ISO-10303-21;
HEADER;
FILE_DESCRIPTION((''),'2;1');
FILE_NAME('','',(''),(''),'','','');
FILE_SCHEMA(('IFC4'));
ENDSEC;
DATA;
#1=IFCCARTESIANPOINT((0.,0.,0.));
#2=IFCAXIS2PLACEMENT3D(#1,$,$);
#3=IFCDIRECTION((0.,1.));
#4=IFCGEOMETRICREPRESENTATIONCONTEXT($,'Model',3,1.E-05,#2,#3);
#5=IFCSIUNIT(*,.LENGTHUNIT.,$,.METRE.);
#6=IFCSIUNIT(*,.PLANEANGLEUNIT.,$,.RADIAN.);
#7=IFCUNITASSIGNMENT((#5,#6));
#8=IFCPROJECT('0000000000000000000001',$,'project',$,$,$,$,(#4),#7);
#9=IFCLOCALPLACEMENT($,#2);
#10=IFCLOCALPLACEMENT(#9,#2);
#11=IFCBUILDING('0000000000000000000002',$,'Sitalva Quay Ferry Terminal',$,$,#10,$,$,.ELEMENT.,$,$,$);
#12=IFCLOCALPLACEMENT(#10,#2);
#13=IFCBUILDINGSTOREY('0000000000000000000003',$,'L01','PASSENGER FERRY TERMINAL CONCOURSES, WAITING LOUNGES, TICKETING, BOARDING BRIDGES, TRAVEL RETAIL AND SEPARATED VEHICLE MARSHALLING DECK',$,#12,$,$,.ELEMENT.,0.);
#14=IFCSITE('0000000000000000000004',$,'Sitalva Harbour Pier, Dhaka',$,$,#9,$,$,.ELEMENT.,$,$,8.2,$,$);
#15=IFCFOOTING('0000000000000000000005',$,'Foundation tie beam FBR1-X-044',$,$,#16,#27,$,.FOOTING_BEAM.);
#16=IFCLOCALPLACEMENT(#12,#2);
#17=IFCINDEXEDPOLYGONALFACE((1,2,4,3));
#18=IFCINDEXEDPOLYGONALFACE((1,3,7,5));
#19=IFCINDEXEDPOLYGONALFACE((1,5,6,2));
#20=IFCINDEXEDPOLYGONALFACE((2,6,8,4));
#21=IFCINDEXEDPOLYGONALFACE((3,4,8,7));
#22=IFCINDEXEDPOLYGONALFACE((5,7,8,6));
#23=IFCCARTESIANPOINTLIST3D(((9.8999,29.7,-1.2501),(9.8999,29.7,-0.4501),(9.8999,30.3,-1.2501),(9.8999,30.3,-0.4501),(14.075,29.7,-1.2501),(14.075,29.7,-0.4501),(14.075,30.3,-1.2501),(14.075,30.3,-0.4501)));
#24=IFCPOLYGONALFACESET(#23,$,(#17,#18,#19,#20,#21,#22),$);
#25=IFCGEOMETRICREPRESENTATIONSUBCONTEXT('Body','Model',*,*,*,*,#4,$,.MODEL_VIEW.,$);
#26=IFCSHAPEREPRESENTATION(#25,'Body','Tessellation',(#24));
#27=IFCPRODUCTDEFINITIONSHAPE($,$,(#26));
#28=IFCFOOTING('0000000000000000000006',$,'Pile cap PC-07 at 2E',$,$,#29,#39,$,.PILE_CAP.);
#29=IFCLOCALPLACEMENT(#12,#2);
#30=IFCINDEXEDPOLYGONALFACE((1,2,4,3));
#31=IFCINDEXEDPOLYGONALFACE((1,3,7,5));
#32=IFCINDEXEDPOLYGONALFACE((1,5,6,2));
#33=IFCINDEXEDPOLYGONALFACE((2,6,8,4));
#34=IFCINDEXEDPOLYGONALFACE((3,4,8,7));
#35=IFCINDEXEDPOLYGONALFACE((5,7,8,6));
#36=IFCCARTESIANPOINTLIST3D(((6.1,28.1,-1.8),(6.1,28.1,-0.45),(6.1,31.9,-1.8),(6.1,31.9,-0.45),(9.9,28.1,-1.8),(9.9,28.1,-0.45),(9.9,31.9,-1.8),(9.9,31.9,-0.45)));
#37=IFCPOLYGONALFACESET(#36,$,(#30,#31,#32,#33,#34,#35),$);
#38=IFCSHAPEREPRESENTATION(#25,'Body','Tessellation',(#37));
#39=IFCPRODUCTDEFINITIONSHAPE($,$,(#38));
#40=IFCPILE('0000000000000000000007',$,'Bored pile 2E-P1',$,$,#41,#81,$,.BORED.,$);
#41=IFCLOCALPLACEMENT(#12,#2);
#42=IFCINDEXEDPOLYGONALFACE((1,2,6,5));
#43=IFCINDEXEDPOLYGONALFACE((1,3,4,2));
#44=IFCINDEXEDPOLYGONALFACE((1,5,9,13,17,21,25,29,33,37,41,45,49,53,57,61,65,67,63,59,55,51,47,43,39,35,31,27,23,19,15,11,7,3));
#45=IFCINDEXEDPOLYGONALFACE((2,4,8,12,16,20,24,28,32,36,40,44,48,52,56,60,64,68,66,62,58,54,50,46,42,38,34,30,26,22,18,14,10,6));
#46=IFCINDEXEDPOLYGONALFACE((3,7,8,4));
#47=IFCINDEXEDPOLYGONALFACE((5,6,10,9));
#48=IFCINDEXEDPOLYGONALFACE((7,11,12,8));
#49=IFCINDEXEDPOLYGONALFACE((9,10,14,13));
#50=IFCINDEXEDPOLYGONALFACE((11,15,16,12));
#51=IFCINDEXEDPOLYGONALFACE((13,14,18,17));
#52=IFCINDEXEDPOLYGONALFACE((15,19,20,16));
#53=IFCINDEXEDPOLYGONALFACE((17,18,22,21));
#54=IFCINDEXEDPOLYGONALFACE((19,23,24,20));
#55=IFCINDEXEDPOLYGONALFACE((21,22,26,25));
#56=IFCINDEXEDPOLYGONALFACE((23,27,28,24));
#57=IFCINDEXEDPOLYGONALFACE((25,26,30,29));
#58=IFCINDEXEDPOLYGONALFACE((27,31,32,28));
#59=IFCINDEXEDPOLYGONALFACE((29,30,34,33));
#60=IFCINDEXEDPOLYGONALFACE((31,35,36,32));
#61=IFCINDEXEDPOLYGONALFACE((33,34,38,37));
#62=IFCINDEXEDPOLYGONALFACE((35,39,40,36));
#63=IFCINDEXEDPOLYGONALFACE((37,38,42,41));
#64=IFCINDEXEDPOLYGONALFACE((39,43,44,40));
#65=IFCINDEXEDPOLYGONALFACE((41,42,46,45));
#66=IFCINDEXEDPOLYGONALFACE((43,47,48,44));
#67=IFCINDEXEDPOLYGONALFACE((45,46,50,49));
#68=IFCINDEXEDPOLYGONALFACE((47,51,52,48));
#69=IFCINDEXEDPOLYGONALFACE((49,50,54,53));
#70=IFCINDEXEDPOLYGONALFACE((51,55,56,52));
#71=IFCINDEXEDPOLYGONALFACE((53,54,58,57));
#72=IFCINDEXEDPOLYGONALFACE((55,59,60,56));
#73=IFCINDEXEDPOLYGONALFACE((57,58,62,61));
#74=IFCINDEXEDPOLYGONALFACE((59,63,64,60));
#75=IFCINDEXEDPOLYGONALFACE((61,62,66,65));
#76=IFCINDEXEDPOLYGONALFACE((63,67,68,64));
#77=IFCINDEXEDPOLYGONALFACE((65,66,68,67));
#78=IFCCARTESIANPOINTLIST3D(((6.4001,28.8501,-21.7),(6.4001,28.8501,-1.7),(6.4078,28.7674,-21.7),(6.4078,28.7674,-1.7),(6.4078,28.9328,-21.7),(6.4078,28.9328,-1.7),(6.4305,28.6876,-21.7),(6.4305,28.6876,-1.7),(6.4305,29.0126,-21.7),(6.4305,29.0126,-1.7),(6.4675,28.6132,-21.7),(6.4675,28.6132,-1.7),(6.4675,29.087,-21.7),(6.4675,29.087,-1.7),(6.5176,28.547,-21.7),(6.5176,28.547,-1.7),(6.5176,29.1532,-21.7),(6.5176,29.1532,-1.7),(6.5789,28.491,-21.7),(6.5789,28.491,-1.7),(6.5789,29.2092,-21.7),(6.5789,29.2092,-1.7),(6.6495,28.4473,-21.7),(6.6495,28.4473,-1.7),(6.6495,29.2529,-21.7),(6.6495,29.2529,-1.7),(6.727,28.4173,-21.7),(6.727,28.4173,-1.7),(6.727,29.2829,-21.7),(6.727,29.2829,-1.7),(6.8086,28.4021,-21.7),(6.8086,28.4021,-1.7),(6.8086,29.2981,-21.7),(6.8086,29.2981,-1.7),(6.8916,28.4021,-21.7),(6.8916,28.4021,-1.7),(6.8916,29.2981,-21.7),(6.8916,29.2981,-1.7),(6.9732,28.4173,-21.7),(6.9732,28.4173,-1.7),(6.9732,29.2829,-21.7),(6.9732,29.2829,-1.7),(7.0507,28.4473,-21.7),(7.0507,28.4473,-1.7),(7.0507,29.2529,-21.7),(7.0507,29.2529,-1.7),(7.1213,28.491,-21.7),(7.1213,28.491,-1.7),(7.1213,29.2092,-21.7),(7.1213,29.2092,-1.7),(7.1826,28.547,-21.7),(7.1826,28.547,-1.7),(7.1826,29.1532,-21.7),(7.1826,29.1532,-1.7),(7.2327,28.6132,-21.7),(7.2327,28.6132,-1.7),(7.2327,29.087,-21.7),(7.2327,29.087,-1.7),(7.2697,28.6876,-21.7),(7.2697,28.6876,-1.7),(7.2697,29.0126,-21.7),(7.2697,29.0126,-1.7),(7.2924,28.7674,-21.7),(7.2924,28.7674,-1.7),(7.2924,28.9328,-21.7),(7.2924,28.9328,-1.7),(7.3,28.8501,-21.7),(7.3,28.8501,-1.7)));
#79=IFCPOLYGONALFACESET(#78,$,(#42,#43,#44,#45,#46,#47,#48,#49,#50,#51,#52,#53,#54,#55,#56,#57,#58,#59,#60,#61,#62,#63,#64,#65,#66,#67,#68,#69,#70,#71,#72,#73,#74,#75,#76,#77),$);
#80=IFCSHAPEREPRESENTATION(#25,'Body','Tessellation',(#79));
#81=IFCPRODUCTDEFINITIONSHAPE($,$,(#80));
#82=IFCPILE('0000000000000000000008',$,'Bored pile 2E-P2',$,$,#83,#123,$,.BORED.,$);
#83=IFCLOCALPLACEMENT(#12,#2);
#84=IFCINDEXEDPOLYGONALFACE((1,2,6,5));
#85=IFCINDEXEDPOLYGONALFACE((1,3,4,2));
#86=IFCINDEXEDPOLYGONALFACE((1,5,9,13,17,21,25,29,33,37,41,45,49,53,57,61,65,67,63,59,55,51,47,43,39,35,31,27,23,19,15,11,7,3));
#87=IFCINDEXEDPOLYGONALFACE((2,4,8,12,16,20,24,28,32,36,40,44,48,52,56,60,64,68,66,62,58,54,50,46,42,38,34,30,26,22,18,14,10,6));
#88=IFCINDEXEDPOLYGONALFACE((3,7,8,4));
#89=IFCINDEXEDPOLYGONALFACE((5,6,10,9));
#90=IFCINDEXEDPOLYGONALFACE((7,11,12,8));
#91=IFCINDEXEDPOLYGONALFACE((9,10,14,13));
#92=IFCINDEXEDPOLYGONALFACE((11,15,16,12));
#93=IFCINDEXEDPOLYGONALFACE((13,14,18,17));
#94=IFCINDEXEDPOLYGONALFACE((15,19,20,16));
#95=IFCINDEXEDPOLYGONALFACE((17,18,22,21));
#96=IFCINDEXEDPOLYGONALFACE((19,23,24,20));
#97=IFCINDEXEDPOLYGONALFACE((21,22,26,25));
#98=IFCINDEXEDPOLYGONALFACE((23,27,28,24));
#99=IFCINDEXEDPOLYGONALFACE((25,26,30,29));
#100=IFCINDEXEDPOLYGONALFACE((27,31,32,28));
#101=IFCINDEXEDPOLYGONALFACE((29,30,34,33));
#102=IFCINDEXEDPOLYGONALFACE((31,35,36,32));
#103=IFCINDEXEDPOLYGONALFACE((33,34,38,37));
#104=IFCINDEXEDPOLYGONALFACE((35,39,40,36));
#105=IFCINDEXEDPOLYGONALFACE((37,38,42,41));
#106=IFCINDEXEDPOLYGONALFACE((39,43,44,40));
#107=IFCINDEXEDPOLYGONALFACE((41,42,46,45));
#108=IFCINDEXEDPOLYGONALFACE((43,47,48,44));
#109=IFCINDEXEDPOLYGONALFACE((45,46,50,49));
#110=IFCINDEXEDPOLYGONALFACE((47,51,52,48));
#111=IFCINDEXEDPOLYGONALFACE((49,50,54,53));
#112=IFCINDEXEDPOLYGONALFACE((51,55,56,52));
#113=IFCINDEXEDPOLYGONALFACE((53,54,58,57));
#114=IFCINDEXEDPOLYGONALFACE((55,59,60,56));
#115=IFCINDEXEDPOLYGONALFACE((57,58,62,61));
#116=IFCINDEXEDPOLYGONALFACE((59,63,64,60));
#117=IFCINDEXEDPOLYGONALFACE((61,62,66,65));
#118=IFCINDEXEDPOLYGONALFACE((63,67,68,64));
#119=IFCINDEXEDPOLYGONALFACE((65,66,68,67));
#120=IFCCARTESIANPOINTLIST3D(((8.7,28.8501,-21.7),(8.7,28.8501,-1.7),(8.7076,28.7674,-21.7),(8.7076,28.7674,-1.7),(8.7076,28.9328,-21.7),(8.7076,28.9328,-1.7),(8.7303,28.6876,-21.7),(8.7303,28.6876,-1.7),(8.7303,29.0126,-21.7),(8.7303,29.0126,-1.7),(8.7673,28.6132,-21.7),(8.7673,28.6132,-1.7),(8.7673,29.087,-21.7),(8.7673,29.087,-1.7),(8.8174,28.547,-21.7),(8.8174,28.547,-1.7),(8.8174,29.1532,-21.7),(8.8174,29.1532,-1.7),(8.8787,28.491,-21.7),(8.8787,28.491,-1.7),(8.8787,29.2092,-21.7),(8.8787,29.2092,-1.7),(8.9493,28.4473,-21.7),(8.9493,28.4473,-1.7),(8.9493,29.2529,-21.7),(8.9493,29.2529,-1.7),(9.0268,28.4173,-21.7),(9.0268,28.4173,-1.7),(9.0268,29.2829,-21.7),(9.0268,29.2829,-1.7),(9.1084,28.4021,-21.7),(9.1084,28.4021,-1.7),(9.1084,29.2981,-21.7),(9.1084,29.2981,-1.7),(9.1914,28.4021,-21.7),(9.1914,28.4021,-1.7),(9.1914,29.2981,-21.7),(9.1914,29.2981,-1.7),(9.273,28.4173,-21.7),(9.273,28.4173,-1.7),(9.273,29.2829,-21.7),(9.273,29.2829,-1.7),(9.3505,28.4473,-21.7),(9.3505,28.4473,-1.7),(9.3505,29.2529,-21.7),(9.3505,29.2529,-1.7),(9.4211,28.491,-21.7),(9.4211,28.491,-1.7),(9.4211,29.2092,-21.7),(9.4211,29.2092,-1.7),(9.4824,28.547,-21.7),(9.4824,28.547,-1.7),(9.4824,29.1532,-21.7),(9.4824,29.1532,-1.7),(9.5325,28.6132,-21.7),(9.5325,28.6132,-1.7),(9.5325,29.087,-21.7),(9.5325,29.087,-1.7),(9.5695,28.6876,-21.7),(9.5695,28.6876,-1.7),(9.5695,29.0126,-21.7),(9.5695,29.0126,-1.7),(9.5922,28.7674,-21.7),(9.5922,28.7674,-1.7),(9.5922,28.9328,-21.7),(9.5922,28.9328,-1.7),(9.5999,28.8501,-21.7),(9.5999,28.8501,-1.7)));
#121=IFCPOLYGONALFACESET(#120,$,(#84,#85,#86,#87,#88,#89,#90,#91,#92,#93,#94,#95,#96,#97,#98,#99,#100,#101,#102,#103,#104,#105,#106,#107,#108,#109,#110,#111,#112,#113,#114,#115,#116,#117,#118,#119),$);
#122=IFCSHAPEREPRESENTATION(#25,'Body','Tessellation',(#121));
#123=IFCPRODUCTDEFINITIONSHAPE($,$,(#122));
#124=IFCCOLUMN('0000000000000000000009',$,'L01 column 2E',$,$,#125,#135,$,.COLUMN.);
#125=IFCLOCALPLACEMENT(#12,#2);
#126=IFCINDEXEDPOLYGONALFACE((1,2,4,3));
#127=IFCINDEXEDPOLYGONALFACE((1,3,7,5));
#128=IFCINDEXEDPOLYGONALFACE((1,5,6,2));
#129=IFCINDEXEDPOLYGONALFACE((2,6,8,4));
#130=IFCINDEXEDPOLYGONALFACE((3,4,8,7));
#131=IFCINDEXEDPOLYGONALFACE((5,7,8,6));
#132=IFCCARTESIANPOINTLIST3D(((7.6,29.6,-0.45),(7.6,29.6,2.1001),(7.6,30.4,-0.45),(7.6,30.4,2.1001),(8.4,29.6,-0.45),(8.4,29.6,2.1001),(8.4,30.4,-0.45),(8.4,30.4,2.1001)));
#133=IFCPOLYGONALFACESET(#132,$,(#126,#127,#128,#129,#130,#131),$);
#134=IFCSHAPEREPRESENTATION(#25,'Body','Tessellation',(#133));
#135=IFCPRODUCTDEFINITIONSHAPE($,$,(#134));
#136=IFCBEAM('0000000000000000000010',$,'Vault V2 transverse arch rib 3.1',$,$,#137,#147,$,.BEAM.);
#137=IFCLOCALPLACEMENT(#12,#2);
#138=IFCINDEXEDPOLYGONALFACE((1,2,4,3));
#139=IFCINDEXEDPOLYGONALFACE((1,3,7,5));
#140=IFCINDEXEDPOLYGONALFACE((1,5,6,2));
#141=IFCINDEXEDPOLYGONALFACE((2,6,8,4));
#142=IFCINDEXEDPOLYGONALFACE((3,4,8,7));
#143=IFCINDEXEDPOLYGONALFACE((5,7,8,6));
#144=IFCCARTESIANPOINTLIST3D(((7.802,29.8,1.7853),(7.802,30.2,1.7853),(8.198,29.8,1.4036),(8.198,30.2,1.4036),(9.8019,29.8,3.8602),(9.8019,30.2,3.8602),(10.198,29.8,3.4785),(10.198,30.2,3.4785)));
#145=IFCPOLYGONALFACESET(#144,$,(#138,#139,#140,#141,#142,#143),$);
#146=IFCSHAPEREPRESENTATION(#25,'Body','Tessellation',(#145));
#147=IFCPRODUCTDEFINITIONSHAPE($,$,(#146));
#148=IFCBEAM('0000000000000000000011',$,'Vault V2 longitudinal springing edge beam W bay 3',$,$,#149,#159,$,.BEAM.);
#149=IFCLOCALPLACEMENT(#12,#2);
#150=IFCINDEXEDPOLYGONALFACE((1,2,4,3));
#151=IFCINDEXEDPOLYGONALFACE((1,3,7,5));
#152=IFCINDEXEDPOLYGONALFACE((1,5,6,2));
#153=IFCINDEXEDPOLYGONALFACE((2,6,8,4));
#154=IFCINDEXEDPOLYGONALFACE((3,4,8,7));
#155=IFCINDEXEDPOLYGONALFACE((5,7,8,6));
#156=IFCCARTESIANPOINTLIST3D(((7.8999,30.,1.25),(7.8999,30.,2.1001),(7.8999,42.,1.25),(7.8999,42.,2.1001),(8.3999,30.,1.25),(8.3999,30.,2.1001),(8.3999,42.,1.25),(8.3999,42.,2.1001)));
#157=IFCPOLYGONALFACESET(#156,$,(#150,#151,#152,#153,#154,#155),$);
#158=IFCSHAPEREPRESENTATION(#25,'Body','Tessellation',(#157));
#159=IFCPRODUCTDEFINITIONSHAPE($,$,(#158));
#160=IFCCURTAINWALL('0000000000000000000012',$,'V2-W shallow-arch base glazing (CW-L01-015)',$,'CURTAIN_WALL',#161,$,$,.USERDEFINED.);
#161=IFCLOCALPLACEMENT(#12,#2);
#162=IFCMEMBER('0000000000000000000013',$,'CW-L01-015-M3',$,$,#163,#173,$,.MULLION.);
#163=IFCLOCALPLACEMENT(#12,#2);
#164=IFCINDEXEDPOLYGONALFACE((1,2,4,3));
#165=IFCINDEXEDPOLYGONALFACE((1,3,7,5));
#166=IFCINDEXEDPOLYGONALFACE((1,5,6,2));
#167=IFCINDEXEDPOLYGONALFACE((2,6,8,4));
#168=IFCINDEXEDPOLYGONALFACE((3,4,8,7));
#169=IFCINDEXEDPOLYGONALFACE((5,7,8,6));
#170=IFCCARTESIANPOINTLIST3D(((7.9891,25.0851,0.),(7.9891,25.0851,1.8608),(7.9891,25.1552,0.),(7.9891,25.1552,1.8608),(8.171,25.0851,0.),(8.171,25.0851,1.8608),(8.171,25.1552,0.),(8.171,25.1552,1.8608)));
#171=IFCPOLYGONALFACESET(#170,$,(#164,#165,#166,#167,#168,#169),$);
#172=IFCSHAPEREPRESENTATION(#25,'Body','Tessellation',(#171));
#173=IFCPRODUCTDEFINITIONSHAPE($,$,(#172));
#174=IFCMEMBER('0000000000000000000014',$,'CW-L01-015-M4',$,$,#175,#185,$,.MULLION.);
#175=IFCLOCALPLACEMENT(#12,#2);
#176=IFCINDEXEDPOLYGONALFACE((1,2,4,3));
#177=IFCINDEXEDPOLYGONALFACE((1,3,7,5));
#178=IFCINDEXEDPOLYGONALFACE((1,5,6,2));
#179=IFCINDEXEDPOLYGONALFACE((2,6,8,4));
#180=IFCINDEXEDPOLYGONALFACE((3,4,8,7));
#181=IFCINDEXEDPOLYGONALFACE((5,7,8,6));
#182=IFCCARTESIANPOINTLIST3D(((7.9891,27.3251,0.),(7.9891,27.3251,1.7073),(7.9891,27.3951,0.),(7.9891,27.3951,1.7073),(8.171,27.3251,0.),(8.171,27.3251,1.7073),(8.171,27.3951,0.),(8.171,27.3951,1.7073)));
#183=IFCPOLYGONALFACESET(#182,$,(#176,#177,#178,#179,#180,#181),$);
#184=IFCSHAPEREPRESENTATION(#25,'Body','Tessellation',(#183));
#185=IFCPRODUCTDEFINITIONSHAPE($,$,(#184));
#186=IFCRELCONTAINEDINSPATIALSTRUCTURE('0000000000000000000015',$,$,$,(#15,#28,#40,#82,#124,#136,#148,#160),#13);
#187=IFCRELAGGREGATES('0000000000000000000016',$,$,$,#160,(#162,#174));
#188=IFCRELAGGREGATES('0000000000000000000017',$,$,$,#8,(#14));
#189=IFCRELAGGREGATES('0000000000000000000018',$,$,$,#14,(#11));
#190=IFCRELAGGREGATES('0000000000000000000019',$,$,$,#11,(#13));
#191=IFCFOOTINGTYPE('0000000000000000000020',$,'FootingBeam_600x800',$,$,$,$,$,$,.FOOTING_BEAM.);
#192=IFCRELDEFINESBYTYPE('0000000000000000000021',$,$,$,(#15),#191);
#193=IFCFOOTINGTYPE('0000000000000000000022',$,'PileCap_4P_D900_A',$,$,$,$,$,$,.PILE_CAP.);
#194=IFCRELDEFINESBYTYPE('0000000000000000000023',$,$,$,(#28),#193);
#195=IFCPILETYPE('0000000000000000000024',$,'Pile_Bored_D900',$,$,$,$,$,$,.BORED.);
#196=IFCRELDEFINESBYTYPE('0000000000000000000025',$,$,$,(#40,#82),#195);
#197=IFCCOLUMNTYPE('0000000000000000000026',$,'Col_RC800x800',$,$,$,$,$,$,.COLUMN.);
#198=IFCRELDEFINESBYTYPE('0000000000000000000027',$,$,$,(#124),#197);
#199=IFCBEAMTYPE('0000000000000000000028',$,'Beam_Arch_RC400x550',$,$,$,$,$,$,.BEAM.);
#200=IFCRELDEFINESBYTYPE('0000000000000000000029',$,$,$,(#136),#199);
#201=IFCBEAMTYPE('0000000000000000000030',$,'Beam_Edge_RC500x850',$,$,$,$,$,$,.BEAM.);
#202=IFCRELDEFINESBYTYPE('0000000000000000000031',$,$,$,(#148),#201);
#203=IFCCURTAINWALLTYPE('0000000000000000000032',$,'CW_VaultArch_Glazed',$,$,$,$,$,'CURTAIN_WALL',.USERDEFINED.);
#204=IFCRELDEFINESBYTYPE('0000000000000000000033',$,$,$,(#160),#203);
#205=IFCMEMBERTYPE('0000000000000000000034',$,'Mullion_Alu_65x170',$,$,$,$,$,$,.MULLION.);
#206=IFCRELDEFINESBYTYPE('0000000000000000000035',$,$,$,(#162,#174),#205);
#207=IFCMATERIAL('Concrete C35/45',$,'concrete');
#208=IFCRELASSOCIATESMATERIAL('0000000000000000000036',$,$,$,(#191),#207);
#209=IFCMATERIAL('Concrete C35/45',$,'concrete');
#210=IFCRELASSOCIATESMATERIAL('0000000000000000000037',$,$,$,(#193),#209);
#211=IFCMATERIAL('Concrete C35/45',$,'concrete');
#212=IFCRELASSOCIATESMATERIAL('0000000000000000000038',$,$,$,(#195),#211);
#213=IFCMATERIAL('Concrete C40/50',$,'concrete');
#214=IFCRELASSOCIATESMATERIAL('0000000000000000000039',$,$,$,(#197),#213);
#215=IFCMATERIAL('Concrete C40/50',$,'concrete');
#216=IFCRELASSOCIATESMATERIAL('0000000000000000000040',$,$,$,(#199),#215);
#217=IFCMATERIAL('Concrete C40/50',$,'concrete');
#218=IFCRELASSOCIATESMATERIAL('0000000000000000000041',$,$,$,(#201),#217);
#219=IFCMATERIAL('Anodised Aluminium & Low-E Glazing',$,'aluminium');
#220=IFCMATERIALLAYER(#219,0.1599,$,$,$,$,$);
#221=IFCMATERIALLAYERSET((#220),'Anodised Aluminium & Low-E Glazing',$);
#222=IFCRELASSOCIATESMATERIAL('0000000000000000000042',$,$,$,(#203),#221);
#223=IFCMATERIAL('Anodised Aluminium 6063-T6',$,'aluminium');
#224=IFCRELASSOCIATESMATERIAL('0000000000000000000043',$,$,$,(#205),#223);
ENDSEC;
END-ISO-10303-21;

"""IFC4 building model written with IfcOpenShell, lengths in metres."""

from ifc_helpers import new_model, si_unit, direction, frame, origin, origin_2d, place, context, subcontext, project, spatial, rectangle, circle, extrude, material, layer, layer_set, material_profile, profile_set, type_object, element, aggregate, save


model = new_model("IFC4")

# Units and contexts
model_context = context("Model", 3, precision=1e-05, world=origin(), true_north=direction((0.0, 1.0)))
body_context = subcontext(model_context, "Body", "Model", "MODEL_VIEW")
ifc_project = project(units=[si_unit("LENGTHUNIT", "METRE"), si_unit("PLANEANGLEUNIT", "RADIAN")], contexts=[model_context])

# Site, building, storey
site_placement = place(None, origin())
site = spatial("IfcSite", under=ifc_project, at=site_placement, Name="Sitalva Harbour Pier, Dhaka", CompositionType="ELEMENT", RefElevation=8.2)
building_placement = place(site_placement, origin())
building = spatial("IfcBuilding", under=site, at=building_placement, Name="Sitalva Quay Ferry Terminal", CompositionType="ELEMENT")
storey_placement = place(building_placement, origin())
storey = spatial("IfcBuildingStorey", under=building, at=storey_placement, Name="L01", Description="PASSENGER FERRY TERMINAL CONCOURSES, WAITING LOUNGES, TICKETING, BOARDING BRIDGES, TRAVEL RETAIL AND SEPARATED VEHICLE MARSHALLING DECK", CompositionType="ELEMENT", Elevation=0.0)

# Footings
ifc_material_1 = material(Name="Concrete C35/45", Category="concrete")
ifc_material_profile_1 = material_profile(ifc_material_1, rectangle(XDim=0.6001, YDim=0.8, at=origin_2d()), Name="RC600x800")
ifc_profile_set_1 = profile_set([ifc_material_profile_1], Name="Concrete C35/45")
footing_type_1 = type_object("IfcFootingType", Name="FootingBeam_600x800", PredefinedType="FOOTING_BEAM", material=ifc_profile_set_1)
footing_1_placement = place(storey_placement, frame((9.8999, 30.0, -0.8501), z_axis=(1.0, 0.0, 0.0), x_axis=(0.0, 1.0, 0.0)))
element("IfcFooting", 1, at=footing_1_placement, inside=storey, type_object=footing_type_1, Name="Foundation tie beam FBR1-X-044", PredefinedType="FOOTING_BEAM", context=body_context, shape_type="SweptSolid", body=[
    extrude(rectangle(XDim=0.6001, YDim=0.8, at=origin_2d()), origin(), (0.0, 0.0, 1.0), 4.175),
])
ifc_material_2 = material(Name="Concrete C35/45", Category="concrete")
footing_type_2 = type_object("IfcFootingType", Name="PileCap_4P_D900_A", PredefinedType="PILE_CAP", material=ifc_material_2)
footing_2_placement = place(storey_placement, frame((8.0, 30.0, -1.8), z_axis=(0.0, 0.0, 1.0), x_axis=(1.0, 0.0, 0.0)))
element("IfcFooting", 2, at=footing_2_placement, inside=storey, type_object=footing_type_2, Name="Pile cap PC-07 at 2E", PredefinedType="PILE_CAP", context=body_context, shape_type="SweptSolid", body=[
    extrude(rectangle(XDim=3.8, YDim=3.8, at=origin_2d()), origin(), (0.0, 0.0, 1.0), 1.3501),
])

# Piles
ifc_material_3 = material(Name="Concrete C35/45", Category="concrete")
ifc_material_profile_2 = material_profile(ifc_material_3, circle(Radius=0.45, at=origin_2d()), Name="PILE-D900")
ifc_profile_set_2 = profile_set([ifc_material_profile_2], Name="Concrete C35/45")
pile_type = type_object("IfcPileType", Name="Pile_Bored_D900", PredefinedType="BORED", material=ifc_profile_set_2)
for number, where, z_axis, x_axis, name in (
    (3, (6.8501, 28.8501, -1.7), (0.0, 0.0, -1.0), (1.0, 0.0, 0.0), "Bored pile 2E-P1"),
    (4, (9.1499, 28.8501, -1.7), (0.0, 0.0, -1.0), (1.0, 0.0, 0.0), "Bored pile 2E-P2"),
):
    element("IfcPile", number, at=place(storey_placement, frame(where, z_axis=z_axis, x_axis=x_axis)), inside=storey, type_object=pile_type, Name=name, PredefinedType="BORED", context=body_context, shape_type="SweptSolid", body=[
        extrude(circle(Radius=0.45, at=origin_2d()), origin(), (0.0, 0.0, 1.0), 20.0),
    ])

# Column
ifc_material_4 = material(Name="Concrete C40/50", Category="concrete")
ifc_material_profile_3 = material_profile(ifc_material_4, rectangle(XDim=0.8, YDim=0.8, at=origin_2d()), Name="RC800x800")
ifc_profile_set_3 = profile_set([ifc_material_profile_3], Name="Concrete C40/50")
column_type = type_object("IfcColumnType", Name="Col_RC800x800", PredefinedType="COLUMN", material=ifc_profile_set_3)
column_placement = place(storey_placement, frame((8.0, 30.0, -0.45), z_axis=(0.0, 0.0, 1.0), x_axis=(1.0, 0.0, 0.0)))
element("IfcColumn", 5, at=column_placement, inside=storey, type_object=column_type, Name="L01 column 2E", PredefinedType="COLUMN", context=body_context, shape_type="SweptSolid", body=[
    extrude(rectangle(XDim=0.8, YDim=0.8, at=origin_2d()), origin(), (0.0, 0.0, 1.0), 2.55),
])

# Beams
ifc_material_5 = material(Name="Concrete C40/50", Category="concrete")
ifc_material_profile_4 = material_profile(ifc_material_5, rectangle(XDim=0.3999, YDim=0.55, at=origin_2d()), Name="RC400x550")
ifc_profile_set_4 = profile_set([ifc_material_profile_4], Name="Concrete C40/50")
beam_type_1 = type_object("IfcBeamType", Name="Beam_Arch_RC400x550", PredefinedType="BEAM", material=ifc_profile_set_4)
beam_1_placement = place(storey_placement, frame((8.0, 30.0, 1.5945), z_axis=(0.693983, 0.0, 0.719991), x_axis=(0.0, 1.0, 0.0)))
element("IfcBeam", 6, at=beam_1_placement, inside=storey, type_object=beam_type_1, Name="Vault V2 transverse arch rib 3.1", PredefinedType="BEAM", context=body_context, shape_type="SweptSolid", body=[
    extrude(rectangle(XDim=0.3999, YDim=0.55, at=origin_2d()), origin(), (0.0, 0.0, 1.0), 2.8818),
])
ifc_material_6 = material(Name="Concrete C40/50", Category="concrete")
ifc_material_profile_5 = material_profile(ifc_material_6, rectangle(XDim=0.5, YDim=0.8501, at=origin_2d()), Name="RC500x850")
ifc_profile_set_5 = profile_set([ifc_material_profile_5], Name="Concrete C40/50")
beam_type_2 = type_object("IfcBeamType", Name="Beam_Edge_RC500x850", PredefinedType="BEAM", material=ifc_profile_set_5)
beam_2_placement = place(storey_placement, frame((8.1499, 30.0, 1.675), z_axis=(0.0, 1.0, 0.0), x_axis=(-1.0, 0.0, 0.0)))
element("IfcBeam", 7, at=beam_2_placement, inside=storey, type_object=beam_type_2, Name="Vault V2 longitudinal springing edge beam W bay 3", PredefinedType="BEAM", context=body_context, shape_type="SweptSolid", body=[
    extrude(rectangle(XDim=0.5, YDim=0.8501, at=origin_2d()), origin(), (0.0, 0.0, 1.0), 12.0),
])

# Curtain wall, members
ifc_material_7 = material(Name="Anodised Aluminium & Low-E Glazing", Category="aluminium")
ifc_layer_1 = layer(ifc_material_7, 0.1599)
ifc_layer_set_1 = layer_set([ifc_layer_1], Name="Anodised Aluminium & Low-E Glazing")
curtain_wall_type = type_object("IfcCurtainWallType", Name="CW_VaultArch_Glazed", ElementType="CURTAIN_WALL", PredefinedType="USERDEFINED", material=ifc_layer_set_1)
curtain_wall_placement = place(storey_placement, origin())
curtain_wall = element("IfcCurtainWall", 8, at=curtain_wall_placement, inside=storey, type_object=curtain_wall_type, Name="V2-W shallow-arch base glazing (CW-L01-015)", ObjectType="CURTAIN_WALL", PredefinedType="USERDEFINED")
ifc_material_8 = material(Name="Anodised Aluminium 6063-T6", Category="aluminium")
ifc_material_profile_6 = material_profile(ifc_material_8, rectangle(XDim=0.0701, YDim=0.1819, at=origin_2d()), Name="ALU70x182")
ifc_profile_set_6 = profile_set([ifc_material_profile_6], Name="Anodised Aluminium 6063-T6")
member_type_1 = type_object("IfcMemberType", Name="Mullion_Alu_65x170", PredefinedType="MULLION", material=ifc_profile_set_6)
member_1_placement = place(storey_placement, frame((8.0801, 25.1201, 0.0), z_axis=(0.0, 0.0, 1.0), x_axis=(0.0, 1.0, 0.0)))
member_1 = element("IfcMember", 9, at=member_1_placement, type_object=member_type_1, Name="CW-L01-015-M3", PredefinedType="MULLION", context=body_context, shape_type="SweptSolid", body=[
    extrude(rectangle(XDim=0.0701, YDim=0.1819, at=origin_2d()), origin(), (0.0, 0.0, 1.0), 1.8608),
])
member_2_placement = place(storey_placement, frame((8.0801, 27.3601, 0.0), z_axis=(0.0, 0.0, 1.0), x_axis=(0.0, 1.0, 0.0)))
member_2 = element("IfcMember", 10, at=member_2_placement, type_object=member_type_1, Name="CW-L01-015-M4", PredefinedType="MULLION", context=body_context, shape_type="SweptSolid", body=[
    extrude(rectangle(XDim=0.0701, YDim=0.1819, at=origin_2d()), origin(), (0.0, 0.0, 1.0), 1.7073),
])
aggregate(curtain_wall, [member_1, member_2])

save(model, "model.ifc")
